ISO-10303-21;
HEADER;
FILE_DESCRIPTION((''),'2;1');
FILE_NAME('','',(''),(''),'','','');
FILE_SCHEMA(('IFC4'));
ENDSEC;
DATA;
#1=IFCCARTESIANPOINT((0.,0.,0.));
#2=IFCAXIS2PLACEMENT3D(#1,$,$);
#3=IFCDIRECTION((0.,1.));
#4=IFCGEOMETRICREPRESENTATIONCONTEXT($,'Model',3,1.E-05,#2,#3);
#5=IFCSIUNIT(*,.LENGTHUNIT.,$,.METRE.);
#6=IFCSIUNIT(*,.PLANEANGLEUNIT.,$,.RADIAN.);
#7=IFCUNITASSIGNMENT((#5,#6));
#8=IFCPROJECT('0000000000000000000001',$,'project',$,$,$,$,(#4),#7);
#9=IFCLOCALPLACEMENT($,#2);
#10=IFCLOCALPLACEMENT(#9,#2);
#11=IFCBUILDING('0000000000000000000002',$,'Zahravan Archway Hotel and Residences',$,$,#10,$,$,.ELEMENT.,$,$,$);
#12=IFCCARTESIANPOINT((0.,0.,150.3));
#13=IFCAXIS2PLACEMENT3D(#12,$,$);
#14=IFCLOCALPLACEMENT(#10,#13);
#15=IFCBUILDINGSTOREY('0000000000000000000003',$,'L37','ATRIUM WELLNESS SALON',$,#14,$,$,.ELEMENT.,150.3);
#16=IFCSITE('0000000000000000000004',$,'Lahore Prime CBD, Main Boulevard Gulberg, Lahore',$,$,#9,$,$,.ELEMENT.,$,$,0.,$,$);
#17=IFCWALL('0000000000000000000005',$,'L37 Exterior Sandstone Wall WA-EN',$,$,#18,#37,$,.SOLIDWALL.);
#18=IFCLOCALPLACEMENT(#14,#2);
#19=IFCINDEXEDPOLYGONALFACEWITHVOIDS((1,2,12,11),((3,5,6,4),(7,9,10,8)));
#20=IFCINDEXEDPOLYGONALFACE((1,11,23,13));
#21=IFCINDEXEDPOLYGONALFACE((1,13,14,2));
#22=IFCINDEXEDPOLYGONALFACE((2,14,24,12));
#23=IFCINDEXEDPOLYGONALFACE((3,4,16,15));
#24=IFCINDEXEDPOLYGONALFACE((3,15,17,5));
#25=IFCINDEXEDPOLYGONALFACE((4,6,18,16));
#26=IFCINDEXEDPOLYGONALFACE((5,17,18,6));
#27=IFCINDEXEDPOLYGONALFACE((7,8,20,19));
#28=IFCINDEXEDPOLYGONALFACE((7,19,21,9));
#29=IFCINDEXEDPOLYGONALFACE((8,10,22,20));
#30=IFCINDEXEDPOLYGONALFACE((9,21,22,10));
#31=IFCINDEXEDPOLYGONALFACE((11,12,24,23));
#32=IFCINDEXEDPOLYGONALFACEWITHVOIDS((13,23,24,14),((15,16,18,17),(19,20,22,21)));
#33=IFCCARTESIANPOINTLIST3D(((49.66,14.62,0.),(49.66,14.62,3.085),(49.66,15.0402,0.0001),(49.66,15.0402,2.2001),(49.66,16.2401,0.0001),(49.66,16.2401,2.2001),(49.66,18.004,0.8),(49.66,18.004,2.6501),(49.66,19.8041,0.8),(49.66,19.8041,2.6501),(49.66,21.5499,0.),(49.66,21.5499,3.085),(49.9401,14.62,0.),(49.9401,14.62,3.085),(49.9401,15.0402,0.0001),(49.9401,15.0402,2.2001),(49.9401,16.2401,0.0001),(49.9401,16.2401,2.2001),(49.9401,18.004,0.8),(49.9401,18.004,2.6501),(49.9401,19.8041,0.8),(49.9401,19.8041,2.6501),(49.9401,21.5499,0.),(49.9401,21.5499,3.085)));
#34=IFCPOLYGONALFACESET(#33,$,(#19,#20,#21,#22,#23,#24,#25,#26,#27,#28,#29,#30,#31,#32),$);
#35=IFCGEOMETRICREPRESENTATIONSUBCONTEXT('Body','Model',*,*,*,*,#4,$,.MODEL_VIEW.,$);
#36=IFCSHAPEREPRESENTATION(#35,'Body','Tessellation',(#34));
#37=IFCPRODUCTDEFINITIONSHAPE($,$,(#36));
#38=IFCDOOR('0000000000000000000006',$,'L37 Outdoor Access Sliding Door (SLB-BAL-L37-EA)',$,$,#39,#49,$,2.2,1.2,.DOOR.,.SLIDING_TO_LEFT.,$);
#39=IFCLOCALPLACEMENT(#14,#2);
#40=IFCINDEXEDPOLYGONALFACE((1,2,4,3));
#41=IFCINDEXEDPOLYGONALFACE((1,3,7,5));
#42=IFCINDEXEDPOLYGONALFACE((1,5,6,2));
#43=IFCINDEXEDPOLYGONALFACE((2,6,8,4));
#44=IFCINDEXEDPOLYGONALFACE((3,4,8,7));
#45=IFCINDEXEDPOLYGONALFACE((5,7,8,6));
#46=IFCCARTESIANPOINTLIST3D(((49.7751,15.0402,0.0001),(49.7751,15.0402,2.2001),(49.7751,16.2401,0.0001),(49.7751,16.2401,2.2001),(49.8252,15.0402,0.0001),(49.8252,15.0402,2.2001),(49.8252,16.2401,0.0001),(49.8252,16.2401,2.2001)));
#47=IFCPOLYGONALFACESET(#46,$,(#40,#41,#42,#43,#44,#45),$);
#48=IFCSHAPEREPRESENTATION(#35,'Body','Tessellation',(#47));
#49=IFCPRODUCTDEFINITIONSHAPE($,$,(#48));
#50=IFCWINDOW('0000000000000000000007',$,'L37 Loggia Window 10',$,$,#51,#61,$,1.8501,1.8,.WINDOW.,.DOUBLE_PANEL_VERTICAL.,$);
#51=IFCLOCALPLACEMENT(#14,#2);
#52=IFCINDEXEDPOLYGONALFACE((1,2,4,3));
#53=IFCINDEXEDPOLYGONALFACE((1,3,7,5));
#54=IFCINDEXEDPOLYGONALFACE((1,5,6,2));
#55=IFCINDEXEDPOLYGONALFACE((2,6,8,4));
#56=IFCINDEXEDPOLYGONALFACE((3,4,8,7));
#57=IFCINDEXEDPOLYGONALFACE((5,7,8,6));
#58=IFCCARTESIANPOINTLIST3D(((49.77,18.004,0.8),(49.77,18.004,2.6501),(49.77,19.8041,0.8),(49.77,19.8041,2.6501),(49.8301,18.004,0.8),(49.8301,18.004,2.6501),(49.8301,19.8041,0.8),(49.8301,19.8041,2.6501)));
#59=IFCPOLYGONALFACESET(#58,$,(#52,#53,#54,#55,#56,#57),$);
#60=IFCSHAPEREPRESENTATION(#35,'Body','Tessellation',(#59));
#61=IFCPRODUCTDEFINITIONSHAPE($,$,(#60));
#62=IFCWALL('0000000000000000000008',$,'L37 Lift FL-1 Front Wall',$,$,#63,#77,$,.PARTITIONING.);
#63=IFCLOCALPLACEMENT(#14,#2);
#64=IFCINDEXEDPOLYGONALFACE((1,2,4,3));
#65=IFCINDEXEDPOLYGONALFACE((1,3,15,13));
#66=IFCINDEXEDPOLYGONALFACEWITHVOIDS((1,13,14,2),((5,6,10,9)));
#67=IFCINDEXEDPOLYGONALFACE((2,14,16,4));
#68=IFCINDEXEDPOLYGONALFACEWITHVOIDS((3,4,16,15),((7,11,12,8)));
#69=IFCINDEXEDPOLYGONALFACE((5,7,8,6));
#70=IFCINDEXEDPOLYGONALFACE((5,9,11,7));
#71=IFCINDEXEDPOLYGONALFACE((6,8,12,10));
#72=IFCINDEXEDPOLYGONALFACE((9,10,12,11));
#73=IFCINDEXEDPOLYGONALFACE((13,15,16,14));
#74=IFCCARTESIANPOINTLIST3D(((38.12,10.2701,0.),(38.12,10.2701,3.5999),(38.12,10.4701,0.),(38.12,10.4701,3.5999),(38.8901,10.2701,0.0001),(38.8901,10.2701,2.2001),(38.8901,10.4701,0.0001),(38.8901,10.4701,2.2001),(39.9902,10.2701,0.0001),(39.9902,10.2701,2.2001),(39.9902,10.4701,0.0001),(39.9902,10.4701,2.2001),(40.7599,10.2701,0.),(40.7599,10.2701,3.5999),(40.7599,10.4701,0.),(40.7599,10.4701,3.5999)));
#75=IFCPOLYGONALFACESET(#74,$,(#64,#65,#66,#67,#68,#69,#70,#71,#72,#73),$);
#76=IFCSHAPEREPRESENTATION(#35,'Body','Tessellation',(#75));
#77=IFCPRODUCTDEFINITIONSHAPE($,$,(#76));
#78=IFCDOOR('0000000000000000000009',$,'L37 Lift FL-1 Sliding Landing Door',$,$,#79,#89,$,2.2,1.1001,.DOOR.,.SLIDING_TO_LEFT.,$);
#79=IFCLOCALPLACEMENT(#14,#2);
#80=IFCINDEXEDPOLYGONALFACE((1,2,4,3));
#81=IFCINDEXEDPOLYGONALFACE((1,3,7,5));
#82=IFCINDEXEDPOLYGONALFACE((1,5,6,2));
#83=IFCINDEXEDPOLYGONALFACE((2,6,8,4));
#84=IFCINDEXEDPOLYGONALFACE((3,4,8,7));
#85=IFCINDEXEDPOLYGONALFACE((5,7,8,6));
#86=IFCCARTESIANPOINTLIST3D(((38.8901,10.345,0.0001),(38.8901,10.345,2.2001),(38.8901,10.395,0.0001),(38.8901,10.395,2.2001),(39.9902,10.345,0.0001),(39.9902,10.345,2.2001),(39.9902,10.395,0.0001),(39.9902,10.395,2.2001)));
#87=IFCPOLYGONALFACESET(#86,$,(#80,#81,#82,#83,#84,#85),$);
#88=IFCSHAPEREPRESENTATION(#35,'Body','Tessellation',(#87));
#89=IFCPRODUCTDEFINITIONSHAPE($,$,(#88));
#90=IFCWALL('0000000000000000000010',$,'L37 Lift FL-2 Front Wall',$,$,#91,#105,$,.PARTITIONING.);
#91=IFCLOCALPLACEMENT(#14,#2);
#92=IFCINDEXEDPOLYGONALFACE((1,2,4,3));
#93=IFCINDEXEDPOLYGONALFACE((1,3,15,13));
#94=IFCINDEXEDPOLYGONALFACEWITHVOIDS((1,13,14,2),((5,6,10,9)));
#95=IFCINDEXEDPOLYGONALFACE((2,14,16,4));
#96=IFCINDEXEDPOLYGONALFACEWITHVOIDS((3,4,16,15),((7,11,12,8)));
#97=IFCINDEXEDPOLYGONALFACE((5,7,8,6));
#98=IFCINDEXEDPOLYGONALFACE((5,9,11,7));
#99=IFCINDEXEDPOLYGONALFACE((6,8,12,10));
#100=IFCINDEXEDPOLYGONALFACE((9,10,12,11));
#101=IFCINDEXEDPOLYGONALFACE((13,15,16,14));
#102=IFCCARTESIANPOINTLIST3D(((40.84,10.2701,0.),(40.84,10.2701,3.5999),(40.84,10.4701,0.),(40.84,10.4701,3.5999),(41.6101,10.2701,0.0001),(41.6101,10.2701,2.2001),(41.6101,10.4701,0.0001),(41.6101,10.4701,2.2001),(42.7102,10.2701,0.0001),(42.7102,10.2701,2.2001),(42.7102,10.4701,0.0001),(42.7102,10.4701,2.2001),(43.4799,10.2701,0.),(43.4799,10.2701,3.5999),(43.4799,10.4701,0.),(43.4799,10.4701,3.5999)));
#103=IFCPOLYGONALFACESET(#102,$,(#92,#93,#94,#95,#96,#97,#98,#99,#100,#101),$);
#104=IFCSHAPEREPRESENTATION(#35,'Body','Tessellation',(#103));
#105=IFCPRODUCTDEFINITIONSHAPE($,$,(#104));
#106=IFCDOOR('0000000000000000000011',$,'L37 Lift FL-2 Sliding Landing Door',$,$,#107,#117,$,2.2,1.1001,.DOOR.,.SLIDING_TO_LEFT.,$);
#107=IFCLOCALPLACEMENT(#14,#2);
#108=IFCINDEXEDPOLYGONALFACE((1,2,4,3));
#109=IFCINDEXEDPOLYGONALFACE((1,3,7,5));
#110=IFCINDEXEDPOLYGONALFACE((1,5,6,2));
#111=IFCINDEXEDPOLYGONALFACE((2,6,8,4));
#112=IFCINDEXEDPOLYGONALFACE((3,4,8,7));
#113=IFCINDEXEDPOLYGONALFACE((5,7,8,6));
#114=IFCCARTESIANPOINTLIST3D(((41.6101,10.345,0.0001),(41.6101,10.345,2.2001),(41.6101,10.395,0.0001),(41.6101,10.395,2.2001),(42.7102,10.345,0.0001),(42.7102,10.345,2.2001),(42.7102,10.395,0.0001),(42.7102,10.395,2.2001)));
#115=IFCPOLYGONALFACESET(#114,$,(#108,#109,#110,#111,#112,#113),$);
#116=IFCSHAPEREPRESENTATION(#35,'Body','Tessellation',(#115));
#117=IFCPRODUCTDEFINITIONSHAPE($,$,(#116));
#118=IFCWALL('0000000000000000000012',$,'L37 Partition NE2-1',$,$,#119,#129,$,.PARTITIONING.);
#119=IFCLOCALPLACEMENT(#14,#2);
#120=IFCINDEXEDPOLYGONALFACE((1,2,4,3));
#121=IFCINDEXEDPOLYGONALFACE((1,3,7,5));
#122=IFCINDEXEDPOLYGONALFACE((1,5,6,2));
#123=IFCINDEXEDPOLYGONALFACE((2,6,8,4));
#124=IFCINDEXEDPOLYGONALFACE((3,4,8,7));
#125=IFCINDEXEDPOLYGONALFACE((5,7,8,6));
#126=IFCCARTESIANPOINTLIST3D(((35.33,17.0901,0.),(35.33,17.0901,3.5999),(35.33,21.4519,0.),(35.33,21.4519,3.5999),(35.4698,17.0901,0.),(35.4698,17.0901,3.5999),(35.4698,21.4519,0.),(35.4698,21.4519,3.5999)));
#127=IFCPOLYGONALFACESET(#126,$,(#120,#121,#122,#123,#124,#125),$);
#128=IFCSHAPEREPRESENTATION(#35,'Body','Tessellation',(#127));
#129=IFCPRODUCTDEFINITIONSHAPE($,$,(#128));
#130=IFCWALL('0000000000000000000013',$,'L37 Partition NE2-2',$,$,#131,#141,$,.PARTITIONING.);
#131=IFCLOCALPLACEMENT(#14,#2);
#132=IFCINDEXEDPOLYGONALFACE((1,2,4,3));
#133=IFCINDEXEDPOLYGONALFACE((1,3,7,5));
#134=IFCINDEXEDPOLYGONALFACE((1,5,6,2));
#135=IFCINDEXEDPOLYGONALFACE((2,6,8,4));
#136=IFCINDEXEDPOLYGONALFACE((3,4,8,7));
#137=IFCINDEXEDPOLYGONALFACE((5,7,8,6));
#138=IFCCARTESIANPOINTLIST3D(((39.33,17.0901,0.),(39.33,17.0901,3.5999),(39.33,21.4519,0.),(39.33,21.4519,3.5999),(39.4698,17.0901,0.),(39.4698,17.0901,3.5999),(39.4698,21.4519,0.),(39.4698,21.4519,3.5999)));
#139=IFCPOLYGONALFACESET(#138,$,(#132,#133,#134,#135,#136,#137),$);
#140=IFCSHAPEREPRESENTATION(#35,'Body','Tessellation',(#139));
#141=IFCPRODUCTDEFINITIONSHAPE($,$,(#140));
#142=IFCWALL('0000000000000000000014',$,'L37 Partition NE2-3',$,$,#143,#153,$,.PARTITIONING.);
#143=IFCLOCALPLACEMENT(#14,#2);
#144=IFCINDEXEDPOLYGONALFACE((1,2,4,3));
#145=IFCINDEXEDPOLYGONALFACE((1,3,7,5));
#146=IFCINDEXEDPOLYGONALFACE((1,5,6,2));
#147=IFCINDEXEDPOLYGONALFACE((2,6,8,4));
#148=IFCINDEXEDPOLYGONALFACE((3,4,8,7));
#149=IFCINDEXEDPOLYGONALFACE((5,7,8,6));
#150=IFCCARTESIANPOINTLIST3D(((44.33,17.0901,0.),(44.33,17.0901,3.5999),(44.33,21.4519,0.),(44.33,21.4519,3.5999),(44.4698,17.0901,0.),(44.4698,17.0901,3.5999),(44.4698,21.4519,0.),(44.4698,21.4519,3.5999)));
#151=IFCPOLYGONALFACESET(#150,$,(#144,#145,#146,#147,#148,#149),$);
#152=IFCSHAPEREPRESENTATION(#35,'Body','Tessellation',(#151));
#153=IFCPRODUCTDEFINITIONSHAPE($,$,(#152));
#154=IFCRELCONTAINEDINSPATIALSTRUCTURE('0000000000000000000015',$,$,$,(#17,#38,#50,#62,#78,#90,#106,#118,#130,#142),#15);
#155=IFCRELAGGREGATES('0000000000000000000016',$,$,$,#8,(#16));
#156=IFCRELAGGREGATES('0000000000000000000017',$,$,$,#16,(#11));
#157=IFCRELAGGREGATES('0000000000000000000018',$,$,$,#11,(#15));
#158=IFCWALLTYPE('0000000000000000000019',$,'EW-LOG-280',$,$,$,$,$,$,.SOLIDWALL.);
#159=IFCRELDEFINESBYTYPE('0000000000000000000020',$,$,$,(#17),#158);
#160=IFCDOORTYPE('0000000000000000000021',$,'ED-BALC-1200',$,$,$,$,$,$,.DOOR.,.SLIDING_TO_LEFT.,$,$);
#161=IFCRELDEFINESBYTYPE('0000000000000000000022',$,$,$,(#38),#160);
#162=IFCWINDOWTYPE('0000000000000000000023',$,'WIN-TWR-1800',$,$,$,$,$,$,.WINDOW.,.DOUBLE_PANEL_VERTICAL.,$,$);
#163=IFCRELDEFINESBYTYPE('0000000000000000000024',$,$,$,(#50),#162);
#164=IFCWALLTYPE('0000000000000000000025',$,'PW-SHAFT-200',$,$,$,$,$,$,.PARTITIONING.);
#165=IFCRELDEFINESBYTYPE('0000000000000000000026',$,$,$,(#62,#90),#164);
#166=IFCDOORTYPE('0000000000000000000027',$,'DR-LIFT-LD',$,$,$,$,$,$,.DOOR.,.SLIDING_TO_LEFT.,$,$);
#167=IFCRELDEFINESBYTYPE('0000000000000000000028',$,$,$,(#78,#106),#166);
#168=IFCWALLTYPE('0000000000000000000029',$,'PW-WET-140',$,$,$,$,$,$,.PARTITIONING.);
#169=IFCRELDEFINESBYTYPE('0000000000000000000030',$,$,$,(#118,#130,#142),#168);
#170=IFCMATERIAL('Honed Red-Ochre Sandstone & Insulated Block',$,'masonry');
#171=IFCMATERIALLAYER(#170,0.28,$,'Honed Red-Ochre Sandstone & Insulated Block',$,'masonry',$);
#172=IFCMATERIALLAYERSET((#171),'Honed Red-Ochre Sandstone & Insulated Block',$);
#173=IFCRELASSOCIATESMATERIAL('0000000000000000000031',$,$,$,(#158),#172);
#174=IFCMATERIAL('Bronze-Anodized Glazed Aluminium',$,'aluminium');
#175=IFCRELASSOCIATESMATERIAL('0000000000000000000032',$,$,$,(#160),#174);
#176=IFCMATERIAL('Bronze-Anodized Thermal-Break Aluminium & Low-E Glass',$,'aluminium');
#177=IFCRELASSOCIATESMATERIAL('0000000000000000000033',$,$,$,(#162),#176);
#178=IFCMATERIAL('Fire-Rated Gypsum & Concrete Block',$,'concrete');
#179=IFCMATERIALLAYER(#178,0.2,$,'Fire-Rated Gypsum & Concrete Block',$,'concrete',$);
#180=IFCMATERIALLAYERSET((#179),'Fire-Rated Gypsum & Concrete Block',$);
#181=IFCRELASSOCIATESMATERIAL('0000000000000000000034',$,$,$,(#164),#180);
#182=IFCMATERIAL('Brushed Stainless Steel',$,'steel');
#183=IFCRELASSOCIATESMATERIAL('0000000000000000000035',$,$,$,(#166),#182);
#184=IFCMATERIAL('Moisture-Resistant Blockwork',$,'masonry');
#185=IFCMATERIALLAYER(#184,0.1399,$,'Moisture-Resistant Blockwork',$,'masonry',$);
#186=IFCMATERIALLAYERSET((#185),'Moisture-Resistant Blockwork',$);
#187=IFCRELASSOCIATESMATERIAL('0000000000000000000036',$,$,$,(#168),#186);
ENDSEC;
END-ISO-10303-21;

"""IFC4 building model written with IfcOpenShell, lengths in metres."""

from ifc_helpers import new_model, si_unit, direction, frame, frame_2d, origin, place, context, subcontext, project, spatial, rectangle, extrude, source, transform, mapped, material, layer, layer_set, type_object, type_shapes, element, fill, save


model = new_model("IFC4")

# Units and contexts
model_context = context("Model", 3, precision=1e-05, world=origin(), true_north=direction((0.0, 1.0)))
body_context = subcontext(model_context, "Body", "Model", "MODEL_VIEW")
ifc_project = project(units=[si_unit("LENGTHUNIT", "METRE"), si_unit("PLANEANGLEUNIT", "RADIAN")], contexts=[model_context])

# Site, building, storey
site_placement = place(None, origin())
site = spatial("IfcSite", under=ifc_project, at=site_placement, Name="Lahore Prime CBD, Main Boulevard Gulberg, Lahore", CompositionType="ELEMENT", RefElevation=0.0)
building_placement = place(site_placement, origin())
building = spatial("IfcBuilding", under=site, at=building_placement, Name="Zahravan Archway Hotel and Residences", CompositionType="ELEMENT")
storey_placement = place(building_placement, frame((0.0, 0.0, 150.3)))
storey = spatial("IfcBuildingStorey", under=building, at=storey_placement, Name="L37", Description="ATRIUM WELLNESS SALON", CompositionType="ELEMENT", Elevation=150.3)

# Wall, openings, door, window
ifc_material_1 = material(Name="Honed Red-Ochre Sandstone & Insulated Block", Category="masonry")
ifc_layer_1 = layer(ifc_material_1, 0.28, Name="Honed Red-Ochre Sandstone & Insulated Block", Category="masonry")
ifc_layer_set_1 = layer_set([ifc_layer_1], Name="Honed Red-Ochre Sandstone & Insulated Block")
wall_type_1 = type_object("IfcWallType", Name="EW-LOG-280", PredefinedType="SOLIDWALL", material=ifc_layer_set_1)
wall_1_placement = place(storey_placement, frame((49.8, 14.6201, 0.0), z_axis=(0.0, 0.0, 1.0), x_axis=(0.0, 1.0, 0.0)))
wall_1 = element("IfcWall", 1, at=wall_1_placement, inside=storey, type_object=wall_type_1, Name="L37 Exterior Sandstone Wall WA-EN", PredefinedType="SOLIDWALL", context=body_context, shape_type="SweptSolid", body=[
    extrude(rectangle(XDim=6.9299, YDim=0.28, at=frame_2d((3.4648, 0.0))), origin(), (0.0, 0.0, 1.0), 3.085),
])
opening_1_placement = place(wall_1_placement, frame((0.4199, 0.0, 0.0)))
opening_1 = element("IfcOpeningElement", 2, at=opening_1_placement, cuts=wall_1, PredefinedType="OPENING", context=body_context, shape_type="SweptSolid", body=[
    extrude(rectangle(XDim=1.2, YDim=2.2, at=frame_2d((0.6001, 1.1001))), frame((0.0, 0.1499, 0.0), z_axis=(0.0, -1.0, 0.0), x_axis=(1.0, 0.0, 0.0)), (0.0, 0.0, 1.0), 0.3),
])
opening_2_placement = place(wall_1_placement, frame((3.384, 0.0, 0.8)))
opening_2 = element("IfcOpeningElement", 3, at=opening_2_placement, cuts=wall_1, PredefinedType="OPENING", context=body_context, shape_type="SweptSolid", body=[
    extrude(rectangle(XDim=1.8, YDim=1.8501, at=frame_2d((0.8999, 0.925))), frame((0.0, 0.1499, 0.0), z_axis=(0.0, -1.0, 0.0), x_axis=(1.0, 0.0, 0.0)), (0.0, 0.0, 1.0), 0.3),
])
ifc_material_2 = material(Name="Bronze-Anodized Glazed Aluminium", Category="aluminium")
door_type_1 = type_object("IfcDoorType", Name="ED-BALC-1200", OperationType="SLIDING_TO_LEFT", PredefinedType="DOOR", material=ifc_material_2)
shared_shape_1 = source(origin(), body_context, "Body", "SweptSolid", [
    extrude(rectangle(XDim=1.2, YDim=2.2, at=frame_2d((0.6001, 1.1001))), frame((0.0, 0.0249, 0.0), z_axis=(0.0, -1.0, 0.0), x_axis=(1.0, 0.0, 0.0)), (0.0, 0.0, 1.0), 0.05),
])
type_shapes(door_type_1, [shared_shape_1])
door_1_placement = place(opening_1_placement, origin())
door_1 = element("IfcDoor", 4, at=door_1_placement, inside=storey, type_object=door_type_1, Name="L37 Outdoor Access Sliding Door (SLB-BAL-L37-EA)", OperationType="SLIDING_TO_LEFT", OverallHeight=2.2, OverallWidth=1.2, PredefinedType="DOOR", context=body_context, shape_type="MappedRepresentation", body=[
    mapped(shared_shape_1, transform((0.0, 0.0, 0.0), scale=1.0)),
])
fill(opening_1, door_1)
ifc_material_3 = material(Name="Bronze-Anodized Thermal-Break Aluminium & Low-E Glass", Category="aluminium")
window_type = type_object("IfcWindowType", Name="WIN-TWR-1800", PartitioningType="DOUBLE_PANEL_VERTICAL", PredefinedType="WINDOW", material=ifc_material_3)
shared_shape_2 = source(origin(), body_context, "Body", "SweptSolid", [
    extrude(rectangle(XDim=1.8, YDim=1.8501, at=frame_2d((0.8999, 0.925))), frame((0.0, 0.03, 0.0), z_axis=(0.0, -1.0, 0.0), x_axis=(1.0, 0.0, 0.0)), (0.0, 0.0, 1.0), 0.0601),
])
type_shapes(window_type, [shared_shape_2])
window_placement = place(opening_2_placement, origin())
window = element("IfcWindow", 5, at=window_placement, inside=storey, type_object=window_type, Name="L37 Loggia Window 10", OverallHeight=1.8501, OverallWidth=1.8, PartitioningType="DOUBLE_PANEL_VERTICAL", PredefinedType="WINDOW", context=body_context, shape_type="MappedRepresentation", body=[
    mapped(shared_shape_2, transform((0.0, 0.0, 0.0), scale=1.0)),
])
fill(opening_2, window)

# Walls, openings, doors
ifc_material_4 = material(Name="Fire-Rated Gypsum & Concrete Block", Category="concrete")
ifc_layer_2 = layer(ifc_material_4, 0.2, Name="Fire-Rated Gypsum & Concrete Block", Category="concrete")
ifc_layer_set_2 = layer_set([ifc_layer_2], Name="Fire-Rated Gypsum & Concrete Block")
wall_type_2 = type_object("IfcWallType", Name="PW-SHAFT-200", PredefinedType="PARTITIONING", material=ifc_layer_set_2)
wall_2_placement = place(storey_placement, frame((38.1201, 10.3701, 0.0), z_axis=(0.0, 0.0, 1.0), x_axis=(1.0, 0.0, 0.0)))
wall_2 = element("IfcWall", 6, at=wall_2_placement, inside=storey, type_object=wall_type_2, Name="L37 Lift FL-1 Front Wall", PredefinedType="PARTITIONING", context=body_context, shape_type="SweptSolid", body=[
    extrude(rectangle(XDim=2.6399, YDim=0.2, at=frame_2d((1.3198, 0.0))), origin(), (0.0, 0.0, 1.0), 3.5999),
])
opening_3_placement = place(wall_2_placement, frame((0.77, 0.0, 0.0)))
opening_3 = element("IfcOpeningElement", 7, at=opening_3_placement, cuts=wall_2, PredefinedType="OPENING", context=body_context, shape_type="SweptSolid", body=[
    extrude(rectangle(XDim=1.1001, YDim=2.2, at=frame_2d((0.55, 1.1001))), frame((0.0, 0.1099, 0.0), z_axis=(0.0, -1.0, 0.0), x_axis=(1.0, 0.0, 0.0)), (0.0, 0.0, 1.0), 0.22),
])
ifc_material_5 = material(Name="Brushed Stainless Steel", Category="steel")
door_type_2 = type_object("IfcDoorType", Name="DR-LIFT-LD", OperationType="SLIDING_TO_LEFT", PredefinedType="DOOR", material=ifc_material_5)
shared_shape_3 = source(origin(), body_context, "Body", "SweptSolid", [
    extrude(rectangle(XDim=1.1001, YDim=2.2, at=frame_2d((0.55, 1.1001))), frame((0.0, 0.0249, 0.0), z_axis=(0.0, -1.0, 0.0), x_axis=(1.0, 0.0, 0.0)), (0.0, 0.0, 1.0), 0.05),
])
type_shapes(door_type_2, [shared_shape_3])
door_2_placement = place(opening_3_placement, origin())
door_2 = element("IfcDoor", 8, at=door_2_placement, inside=storey, type_object=door_type_2, Name="L37 Lift FL-1 Sliding Landing Door", OperationType="SLIDING_TO_LEFT", OverallHeight=2.2, OverallWidth=1.1001, PredefinedType="DOOR", context=body_context, shape_type="MappedRepresentation", body=[
    mapped(shared_shape_3, transform((0.0, 0.0, 0.0), scale=1.0)),
])
fill(opening_3, door_2)
wall_3_placement = place(storey_placement, frame((40.8401, 10.3701, 0.0), z_axis=(0.0, 0.0, 1.0), x_axis=(1.0, 0.0, 0.0)))
wall_3 = element("IfcWall", 9, at=wall_3_placement, inside=storey, type_object=wall_type_2, Name="L37 Lift FL-2 Front Wall", PredefinedType="PARTITIONING", context=body_context, shape_type="SweptSolid", body=[
    extrude(rectangle(XDim=2.6399, YDim=0.2, at=frame_2d((1.3198, 0.0))), origin(), (0.0, 0.0, 1.0), 3.5999),
])
opening_4_placement = place(wall_3_placement, frame((0.77, 0.0, 0.0)))
opening_4 = element("IfcOpeningElement", 10, at=opening_4_placement, cuts=wall_3, PredefinedType="OPENING", context=body_context, shape_type="SweptSolid", body=[
    extrude(rectangle(XDim=1.1001, YDim=2.2, at=frame_2d((0.55, 1.1001))), frame((0.0, 0.1099, 0.0), z_axis=(0.0, -1.0, 0.0), x_axis=(1.0, 0.0, 0.0)), (0.0, 0.0, 1.0), 0.22),
])
door_3_placement = place(opening_4_placement, origin())
door_3 = element("IfcDoor", 11, at=door_3_placement, inside=storey, type_object=door_type_2, Name="L37 Lift FL-2 Sliding Landing Door", OperationType="SLIDING_TO_LEFT", OverallHeight=2.2, OverallWidth=1.1001, PredefinedType="DOOR", context=body_context, shape_type="MappedRepresentation", body=[
    mapped(shared_shape_3, transform((0.0, 0.0, 0.0), scale=1.0)),
])
fill(opening_4, door_3)

# Walls
ifc_material_6 = material(Name="Moisture-Resistant Blockwork", Category="masonry")
ifc_layer_3 = layer(ifc_material_6, 0.1399, Name="Moisture-Resistant Blockwork", Category="masonry")
ifc_layer_set_3 = layer_set([ifc_layer_3], Name="Moisture-Resistant Blockwork")
wall_type_3 = type_object("IfcWallType", Name="PW-WET-140", PredefinedType="PARTITIONING", material=ifc_layer_set_3)
for number, where, z_axis, x_axis, name in (
    (12, (35.3999, 17.0901, 0.0), (0.0, 0.0, 1.0), (0.0, 1.0, 0.0), "L37 Partition NE2-1"),
    (13, (39.3999, 17.0901, 0.0), (0.0, 0.0, 1.0), (0.0, 1.0, 0.0), "L37 Partition NE2-2"),
    (14, (44.3999, 17.0901, 0.0), (0.0, 0.0, 1.0), (0.0, 1.0, 0.0), "L37 Partition NE2-3"),
):
    element("IfcWall", number, at=place(storey_placement, frame(where, z_axis=z_axis, x_axis=x_axis)), inside=storey, type_object=wall_type_3, Name=name, PredefinedType="PARTITIONING", context=body_context, shape_type="SweptSolid", body=[
        extrude(rectangle(XDim=4.3618, YDim=0.1399, at=frame_2d((2.1809, 0.0))), origin(), (0.0, 0.0, 1.0), 3.5999),
    ])

save(model, "model.ifc")
